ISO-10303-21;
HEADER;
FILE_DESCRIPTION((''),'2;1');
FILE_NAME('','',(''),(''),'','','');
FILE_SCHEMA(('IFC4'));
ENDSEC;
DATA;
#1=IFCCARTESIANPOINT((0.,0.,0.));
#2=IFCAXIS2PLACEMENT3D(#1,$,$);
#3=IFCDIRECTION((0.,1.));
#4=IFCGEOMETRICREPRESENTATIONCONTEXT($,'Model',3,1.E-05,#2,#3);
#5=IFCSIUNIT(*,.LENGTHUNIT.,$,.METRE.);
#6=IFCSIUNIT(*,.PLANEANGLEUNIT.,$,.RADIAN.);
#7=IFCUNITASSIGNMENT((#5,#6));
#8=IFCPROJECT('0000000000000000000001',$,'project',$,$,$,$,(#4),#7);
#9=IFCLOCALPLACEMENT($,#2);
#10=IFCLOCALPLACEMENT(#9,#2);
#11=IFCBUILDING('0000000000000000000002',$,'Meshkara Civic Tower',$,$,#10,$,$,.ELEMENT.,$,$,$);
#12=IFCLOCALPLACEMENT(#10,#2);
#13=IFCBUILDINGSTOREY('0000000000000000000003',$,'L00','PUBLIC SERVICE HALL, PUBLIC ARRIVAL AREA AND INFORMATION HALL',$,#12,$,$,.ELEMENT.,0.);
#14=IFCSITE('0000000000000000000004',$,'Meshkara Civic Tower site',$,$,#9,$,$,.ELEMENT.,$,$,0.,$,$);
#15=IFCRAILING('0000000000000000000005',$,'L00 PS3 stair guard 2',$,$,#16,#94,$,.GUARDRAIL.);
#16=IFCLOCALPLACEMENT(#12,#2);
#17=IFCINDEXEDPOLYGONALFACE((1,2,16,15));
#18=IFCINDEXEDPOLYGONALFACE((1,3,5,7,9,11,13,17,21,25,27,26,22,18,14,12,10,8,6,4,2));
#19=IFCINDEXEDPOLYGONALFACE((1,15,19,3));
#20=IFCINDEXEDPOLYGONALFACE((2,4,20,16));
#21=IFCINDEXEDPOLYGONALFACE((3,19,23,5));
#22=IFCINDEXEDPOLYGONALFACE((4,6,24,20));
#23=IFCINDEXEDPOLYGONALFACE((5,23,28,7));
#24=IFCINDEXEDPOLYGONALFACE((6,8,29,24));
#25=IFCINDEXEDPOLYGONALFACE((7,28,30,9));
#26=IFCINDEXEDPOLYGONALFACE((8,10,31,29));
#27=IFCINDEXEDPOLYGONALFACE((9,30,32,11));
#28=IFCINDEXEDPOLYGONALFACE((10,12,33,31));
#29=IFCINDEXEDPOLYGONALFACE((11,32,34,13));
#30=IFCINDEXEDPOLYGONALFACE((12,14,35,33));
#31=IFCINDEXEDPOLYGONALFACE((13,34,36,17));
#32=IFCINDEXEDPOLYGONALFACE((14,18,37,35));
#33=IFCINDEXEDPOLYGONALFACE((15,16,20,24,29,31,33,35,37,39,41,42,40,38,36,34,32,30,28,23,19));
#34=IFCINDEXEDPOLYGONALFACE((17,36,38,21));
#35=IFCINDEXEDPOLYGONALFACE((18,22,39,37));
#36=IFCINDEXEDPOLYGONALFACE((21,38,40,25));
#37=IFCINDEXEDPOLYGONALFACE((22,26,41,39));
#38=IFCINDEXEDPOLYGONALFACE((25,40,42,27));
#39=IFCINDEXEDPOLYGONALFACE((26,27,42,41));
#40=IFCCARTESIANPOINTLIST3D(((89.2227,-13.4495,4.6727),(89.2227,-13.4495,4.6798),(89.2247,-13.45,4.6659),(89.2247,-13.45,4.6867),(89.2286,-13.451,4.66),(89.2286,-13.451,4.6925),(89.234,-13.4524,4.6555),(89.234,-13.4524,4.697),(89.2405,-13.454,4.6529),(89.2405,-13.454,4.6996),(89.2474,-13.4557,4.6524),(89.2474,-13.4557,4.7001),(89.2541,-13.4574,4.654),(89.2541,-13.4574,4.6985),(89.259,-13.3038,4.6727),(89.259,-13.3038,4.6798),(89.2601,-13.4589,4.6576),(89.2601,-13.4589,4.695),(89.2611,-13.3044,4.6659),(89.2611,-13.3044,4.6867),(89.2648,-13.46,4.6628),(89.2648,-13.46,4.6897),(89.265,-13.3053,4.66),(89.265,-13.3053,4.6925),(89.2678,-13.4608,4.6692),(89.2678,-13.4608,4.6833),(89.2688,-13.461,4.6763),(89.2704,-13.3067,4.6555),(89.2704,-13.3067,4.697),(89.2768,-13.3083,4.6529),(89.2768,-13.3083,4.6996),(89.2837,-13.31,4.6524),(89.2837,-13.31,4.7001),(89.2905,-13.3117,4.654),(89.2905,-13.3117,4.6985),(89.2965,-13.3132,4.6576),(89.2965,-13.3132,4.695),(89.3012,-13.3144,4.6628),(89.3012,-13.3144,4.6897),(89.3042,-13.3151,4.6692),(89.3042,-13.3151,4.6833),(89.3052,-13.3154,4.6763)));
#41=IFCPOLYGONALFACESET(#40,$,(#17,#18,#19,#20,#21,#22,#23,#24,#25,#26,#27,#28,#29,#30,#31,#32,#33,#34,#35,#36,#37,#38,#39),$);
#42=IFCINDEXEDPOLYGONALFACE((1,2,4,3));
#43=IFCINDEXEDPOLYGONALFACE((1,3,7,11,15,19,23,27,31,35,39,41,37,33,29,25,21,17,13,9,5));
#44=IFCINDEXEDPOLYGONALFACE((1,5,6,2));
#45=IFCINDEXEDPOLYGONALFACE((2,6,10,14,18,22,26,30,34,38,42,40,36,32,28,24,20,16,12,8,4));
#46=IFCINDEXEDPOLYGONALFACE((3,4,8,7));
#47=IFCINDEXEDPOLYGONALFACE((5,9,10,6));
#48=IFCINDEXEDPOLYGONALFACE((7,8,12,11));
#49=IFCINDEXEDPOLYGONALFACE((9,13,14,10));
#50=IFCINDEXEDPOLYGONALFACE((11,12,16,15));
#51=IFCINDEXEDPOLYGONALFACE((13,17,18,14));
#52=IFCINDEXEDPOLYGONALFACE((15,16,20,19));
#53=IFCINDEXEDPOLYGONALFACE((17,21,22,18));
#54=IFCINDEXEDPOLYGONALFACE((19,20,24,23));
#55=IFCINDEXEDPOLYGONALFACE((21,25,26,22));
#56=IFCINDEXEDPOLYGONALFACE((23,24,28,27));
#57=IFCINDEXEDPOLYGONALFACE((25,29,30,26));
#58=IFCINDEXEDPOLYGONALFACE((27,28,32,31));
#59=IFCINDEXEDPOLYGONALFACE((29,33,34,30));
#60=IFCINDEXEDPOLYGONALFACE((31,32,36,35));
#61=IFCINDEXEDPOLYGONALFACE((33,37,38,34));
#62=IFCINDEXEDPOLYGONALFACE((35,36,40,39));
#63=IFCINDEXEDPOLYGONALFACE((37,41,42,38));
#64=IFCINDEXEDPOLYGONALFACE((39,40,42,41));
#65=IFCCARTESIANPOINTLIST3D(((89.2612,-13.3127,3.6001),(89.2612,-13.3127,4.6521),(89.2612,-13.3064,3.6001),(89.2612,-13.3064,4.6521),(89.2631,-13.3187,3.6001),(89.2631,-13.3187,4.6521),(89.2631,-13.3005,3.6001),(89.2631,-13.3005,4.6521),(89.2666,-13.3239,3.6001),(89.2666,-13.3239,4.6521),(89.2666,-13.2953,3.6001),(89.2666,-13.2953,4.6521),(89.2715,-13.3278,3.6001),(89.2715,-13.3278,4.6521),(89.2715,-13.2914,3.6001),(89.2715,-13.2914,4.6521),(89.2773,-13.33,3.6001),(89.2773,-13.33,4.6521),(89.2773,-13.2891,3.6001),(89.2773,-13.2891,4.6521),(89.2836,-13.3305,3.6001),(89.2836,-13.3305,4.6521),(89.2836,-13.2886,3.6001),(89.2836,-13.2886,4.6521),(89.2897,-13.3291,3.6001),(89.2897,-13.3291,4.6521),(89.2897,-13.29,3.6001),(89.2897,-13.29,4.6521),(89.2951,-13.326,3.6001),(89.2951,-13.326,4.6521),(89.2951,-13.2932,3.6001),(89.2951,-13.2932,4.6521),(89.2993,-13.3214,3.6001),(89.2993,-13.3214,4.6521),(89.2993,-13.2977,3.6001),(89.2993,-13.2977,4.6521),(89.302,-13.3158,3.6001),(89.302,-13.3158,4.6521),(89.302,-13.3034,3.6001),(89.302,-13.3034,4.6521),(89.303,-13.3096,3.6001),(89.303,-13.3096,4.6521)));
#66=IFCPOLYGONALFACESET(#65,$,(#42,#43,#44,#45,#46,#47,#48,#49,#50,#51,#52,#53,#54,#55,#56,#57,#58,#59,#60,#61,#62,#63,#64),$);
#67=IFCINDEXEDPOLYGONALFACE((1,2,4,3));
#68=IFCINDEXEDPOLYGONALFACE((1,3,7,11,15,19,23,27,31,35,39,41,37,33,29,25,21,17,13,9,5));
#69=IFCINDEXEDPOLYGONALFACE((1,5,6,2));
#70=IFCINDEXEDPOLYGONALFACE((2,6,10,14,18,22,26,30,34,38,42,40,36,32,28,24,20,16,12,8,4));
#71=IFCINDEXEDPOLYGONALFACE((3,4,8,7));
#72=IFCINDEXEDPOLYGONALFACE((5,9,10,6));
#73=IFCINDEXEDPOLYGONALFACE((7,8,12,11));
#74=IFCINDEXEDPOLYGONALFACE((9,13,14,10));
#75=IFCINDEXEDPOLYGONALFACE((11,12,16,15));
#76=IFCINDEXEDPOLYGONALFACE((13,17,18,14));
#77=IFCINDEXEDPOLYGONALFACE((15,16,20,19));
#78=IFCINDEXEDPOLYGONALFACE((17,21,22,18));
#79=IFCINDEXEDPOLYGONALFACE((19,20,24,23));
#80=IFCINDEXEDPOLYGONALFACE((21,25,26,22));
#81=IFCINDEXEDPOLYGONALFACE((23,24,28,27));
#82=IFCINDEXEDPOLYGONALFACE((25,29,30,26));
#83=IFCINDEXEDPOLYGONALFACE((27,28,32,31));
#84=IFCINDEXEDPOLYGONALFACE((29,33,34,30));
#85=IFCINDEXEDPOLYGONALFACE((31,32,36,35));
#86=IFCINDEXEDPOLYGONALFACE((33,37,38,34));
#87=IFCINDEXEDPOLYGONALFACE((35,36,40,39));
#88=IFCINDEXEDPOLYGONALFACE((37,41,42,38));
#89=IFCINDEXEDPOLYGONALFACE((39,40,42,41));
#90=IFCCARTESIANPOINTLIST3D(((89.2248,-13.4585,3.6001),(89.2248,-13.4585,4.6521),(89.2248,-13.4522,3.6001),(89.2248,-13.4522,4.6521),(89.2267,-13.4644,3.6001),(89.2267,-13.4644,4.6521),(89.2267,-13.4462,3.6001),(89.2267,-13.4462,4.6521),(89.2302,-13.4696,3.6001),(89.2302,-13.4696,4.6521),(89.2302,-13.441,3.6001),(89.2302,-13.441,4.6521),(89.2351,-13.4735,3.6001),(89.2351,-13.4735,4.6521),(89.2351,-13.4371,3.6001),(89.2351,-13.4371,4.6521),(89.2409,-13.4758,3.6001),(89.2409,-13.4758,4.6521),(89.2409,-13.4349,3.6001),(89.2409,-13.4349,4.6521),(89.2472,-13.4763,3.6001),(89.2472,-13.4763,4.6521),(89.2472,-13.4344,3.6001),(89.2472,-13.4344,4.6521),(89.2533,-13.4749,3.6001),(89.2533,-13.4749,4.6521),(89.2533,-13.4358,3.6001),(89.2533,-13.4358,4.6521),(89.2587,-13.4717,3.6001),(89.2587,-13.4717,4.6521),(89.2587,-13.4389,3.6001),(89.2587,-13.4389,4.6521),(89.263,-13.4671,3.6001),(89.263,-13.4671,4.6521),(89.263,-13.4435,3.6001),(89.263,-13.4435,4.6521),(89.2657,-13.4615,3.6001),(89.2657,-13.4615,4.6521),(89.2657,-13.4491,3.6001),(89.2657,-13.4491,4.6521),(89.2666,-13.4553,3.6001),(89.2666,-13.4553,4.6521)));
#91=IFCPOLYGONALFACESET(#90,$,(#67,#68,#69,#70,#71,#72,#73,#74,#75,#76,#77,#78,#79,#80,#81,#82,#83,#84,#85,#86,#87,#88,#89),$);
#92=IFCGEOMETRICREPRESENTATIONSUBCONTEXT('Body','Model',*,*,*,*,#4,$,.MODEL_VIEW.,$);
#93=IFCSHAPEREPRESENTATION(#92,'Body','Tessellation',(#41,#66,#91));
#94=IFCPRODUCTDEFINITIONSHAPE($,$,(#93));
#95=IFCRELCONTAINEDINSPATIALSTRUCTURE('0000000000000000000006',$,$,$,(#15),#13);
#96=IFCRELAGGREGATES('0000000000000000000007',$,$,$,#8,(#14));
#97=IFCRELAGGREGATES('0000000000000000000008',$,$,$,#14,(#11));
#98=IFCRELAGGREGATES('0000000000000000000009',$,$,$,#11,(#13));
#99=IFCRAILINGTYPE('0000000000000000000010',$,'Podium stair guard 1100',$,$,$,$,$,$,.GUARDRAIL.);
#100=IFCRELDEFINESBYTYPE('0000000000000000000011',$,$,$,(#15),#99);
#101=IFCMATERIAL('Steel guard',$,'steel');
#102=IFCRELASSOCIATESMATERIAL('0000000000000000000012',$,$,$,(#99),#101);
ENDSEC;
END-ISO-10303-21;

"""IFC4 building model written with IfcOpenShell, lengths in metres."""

from ifc_helpers import new_model, si_unit, direction, frame, origin, origin_2d, place, context, subcontext, project, spatial, circle, extrude, material, type_object, element, save


model = new_model("IFC4")

# Units and contexts
model_context = context("Model", 3, precision=1e-05, world=origin(), true_north=direction((0.0, 1.0)))
body_context = subcontext(model_context, "Body", "Model", "MODEL_VIEW")
ifc_project = project(units=[si_unit("LENGTHUNIT", "METRE"), si_unit("PLANEANGLEUNIT", "RADIAN")], contexts=[model_context])

# Site, building, storey
site_placement = place(None, origin())
site = spatial("IfcSite", under=ifc_project, at=site_placement, Name="Meshkara Civic Tower site", CompositionType="ELEMENT", RefElevation=0.0)
building_placement = place(site_placement, origin())
building = spatial("IfcBuilding", under=site, at=building_placement, Name="Meshkara Civic Tower", CompositionType="ELEMENT")
storey_placement = place(building_placement, origin())
storey = spatial("IfcBuildingStorey", under=building, at=storey_placement, Name="L00", Description="PUBLIC SERVICE HALL, PUBLIC ARRIVAL AREA AND INFORMATION HALL", CompositionType="ELEMENT", Elevation=0.0)

# Railing
ifc_material_1 = material(Name="Steel guard", Category="steel")
railing_type_1 = type_object("IfcRailingType", Name="Podium stair guard 1100", PredefinedType="GUARDRAIL", material=ifc_material_1)
railing_1_placement = place(storey_placement, frame((89.282, -13.3096, 3.6001)))
element("IfcRailing", 1, at=railing_1_placement, inside=storey, type_object=railing_type_1, Name="L00 PS3 stair guard 2", PredefinedType="GUARDRAIL", context=body_context, shape_type="SweptSolid", body=[
    extrude(circle(Radius=0.0239, at=origin_2d()), frame((0.0, 0.0, 1.0762), z_axis=(-0.242153, -0.970238, 0.0), x_axis=(0.970238, -0.242153, 0.0)), (0.0, 0.0, 1.0), 0.1501),
    extrude(circle(Radius=0.021, at=origin_2d()), origin(), (0.0, 0.0, 1.0), 1.052),
    extrude(circle(Radius=0.021, at=origin_2d()), frame((-0.0364, -0.1458, 0.0)), (0.0, 0.0, 1.0), 1.052),
])

save(model, "model.ifc")
